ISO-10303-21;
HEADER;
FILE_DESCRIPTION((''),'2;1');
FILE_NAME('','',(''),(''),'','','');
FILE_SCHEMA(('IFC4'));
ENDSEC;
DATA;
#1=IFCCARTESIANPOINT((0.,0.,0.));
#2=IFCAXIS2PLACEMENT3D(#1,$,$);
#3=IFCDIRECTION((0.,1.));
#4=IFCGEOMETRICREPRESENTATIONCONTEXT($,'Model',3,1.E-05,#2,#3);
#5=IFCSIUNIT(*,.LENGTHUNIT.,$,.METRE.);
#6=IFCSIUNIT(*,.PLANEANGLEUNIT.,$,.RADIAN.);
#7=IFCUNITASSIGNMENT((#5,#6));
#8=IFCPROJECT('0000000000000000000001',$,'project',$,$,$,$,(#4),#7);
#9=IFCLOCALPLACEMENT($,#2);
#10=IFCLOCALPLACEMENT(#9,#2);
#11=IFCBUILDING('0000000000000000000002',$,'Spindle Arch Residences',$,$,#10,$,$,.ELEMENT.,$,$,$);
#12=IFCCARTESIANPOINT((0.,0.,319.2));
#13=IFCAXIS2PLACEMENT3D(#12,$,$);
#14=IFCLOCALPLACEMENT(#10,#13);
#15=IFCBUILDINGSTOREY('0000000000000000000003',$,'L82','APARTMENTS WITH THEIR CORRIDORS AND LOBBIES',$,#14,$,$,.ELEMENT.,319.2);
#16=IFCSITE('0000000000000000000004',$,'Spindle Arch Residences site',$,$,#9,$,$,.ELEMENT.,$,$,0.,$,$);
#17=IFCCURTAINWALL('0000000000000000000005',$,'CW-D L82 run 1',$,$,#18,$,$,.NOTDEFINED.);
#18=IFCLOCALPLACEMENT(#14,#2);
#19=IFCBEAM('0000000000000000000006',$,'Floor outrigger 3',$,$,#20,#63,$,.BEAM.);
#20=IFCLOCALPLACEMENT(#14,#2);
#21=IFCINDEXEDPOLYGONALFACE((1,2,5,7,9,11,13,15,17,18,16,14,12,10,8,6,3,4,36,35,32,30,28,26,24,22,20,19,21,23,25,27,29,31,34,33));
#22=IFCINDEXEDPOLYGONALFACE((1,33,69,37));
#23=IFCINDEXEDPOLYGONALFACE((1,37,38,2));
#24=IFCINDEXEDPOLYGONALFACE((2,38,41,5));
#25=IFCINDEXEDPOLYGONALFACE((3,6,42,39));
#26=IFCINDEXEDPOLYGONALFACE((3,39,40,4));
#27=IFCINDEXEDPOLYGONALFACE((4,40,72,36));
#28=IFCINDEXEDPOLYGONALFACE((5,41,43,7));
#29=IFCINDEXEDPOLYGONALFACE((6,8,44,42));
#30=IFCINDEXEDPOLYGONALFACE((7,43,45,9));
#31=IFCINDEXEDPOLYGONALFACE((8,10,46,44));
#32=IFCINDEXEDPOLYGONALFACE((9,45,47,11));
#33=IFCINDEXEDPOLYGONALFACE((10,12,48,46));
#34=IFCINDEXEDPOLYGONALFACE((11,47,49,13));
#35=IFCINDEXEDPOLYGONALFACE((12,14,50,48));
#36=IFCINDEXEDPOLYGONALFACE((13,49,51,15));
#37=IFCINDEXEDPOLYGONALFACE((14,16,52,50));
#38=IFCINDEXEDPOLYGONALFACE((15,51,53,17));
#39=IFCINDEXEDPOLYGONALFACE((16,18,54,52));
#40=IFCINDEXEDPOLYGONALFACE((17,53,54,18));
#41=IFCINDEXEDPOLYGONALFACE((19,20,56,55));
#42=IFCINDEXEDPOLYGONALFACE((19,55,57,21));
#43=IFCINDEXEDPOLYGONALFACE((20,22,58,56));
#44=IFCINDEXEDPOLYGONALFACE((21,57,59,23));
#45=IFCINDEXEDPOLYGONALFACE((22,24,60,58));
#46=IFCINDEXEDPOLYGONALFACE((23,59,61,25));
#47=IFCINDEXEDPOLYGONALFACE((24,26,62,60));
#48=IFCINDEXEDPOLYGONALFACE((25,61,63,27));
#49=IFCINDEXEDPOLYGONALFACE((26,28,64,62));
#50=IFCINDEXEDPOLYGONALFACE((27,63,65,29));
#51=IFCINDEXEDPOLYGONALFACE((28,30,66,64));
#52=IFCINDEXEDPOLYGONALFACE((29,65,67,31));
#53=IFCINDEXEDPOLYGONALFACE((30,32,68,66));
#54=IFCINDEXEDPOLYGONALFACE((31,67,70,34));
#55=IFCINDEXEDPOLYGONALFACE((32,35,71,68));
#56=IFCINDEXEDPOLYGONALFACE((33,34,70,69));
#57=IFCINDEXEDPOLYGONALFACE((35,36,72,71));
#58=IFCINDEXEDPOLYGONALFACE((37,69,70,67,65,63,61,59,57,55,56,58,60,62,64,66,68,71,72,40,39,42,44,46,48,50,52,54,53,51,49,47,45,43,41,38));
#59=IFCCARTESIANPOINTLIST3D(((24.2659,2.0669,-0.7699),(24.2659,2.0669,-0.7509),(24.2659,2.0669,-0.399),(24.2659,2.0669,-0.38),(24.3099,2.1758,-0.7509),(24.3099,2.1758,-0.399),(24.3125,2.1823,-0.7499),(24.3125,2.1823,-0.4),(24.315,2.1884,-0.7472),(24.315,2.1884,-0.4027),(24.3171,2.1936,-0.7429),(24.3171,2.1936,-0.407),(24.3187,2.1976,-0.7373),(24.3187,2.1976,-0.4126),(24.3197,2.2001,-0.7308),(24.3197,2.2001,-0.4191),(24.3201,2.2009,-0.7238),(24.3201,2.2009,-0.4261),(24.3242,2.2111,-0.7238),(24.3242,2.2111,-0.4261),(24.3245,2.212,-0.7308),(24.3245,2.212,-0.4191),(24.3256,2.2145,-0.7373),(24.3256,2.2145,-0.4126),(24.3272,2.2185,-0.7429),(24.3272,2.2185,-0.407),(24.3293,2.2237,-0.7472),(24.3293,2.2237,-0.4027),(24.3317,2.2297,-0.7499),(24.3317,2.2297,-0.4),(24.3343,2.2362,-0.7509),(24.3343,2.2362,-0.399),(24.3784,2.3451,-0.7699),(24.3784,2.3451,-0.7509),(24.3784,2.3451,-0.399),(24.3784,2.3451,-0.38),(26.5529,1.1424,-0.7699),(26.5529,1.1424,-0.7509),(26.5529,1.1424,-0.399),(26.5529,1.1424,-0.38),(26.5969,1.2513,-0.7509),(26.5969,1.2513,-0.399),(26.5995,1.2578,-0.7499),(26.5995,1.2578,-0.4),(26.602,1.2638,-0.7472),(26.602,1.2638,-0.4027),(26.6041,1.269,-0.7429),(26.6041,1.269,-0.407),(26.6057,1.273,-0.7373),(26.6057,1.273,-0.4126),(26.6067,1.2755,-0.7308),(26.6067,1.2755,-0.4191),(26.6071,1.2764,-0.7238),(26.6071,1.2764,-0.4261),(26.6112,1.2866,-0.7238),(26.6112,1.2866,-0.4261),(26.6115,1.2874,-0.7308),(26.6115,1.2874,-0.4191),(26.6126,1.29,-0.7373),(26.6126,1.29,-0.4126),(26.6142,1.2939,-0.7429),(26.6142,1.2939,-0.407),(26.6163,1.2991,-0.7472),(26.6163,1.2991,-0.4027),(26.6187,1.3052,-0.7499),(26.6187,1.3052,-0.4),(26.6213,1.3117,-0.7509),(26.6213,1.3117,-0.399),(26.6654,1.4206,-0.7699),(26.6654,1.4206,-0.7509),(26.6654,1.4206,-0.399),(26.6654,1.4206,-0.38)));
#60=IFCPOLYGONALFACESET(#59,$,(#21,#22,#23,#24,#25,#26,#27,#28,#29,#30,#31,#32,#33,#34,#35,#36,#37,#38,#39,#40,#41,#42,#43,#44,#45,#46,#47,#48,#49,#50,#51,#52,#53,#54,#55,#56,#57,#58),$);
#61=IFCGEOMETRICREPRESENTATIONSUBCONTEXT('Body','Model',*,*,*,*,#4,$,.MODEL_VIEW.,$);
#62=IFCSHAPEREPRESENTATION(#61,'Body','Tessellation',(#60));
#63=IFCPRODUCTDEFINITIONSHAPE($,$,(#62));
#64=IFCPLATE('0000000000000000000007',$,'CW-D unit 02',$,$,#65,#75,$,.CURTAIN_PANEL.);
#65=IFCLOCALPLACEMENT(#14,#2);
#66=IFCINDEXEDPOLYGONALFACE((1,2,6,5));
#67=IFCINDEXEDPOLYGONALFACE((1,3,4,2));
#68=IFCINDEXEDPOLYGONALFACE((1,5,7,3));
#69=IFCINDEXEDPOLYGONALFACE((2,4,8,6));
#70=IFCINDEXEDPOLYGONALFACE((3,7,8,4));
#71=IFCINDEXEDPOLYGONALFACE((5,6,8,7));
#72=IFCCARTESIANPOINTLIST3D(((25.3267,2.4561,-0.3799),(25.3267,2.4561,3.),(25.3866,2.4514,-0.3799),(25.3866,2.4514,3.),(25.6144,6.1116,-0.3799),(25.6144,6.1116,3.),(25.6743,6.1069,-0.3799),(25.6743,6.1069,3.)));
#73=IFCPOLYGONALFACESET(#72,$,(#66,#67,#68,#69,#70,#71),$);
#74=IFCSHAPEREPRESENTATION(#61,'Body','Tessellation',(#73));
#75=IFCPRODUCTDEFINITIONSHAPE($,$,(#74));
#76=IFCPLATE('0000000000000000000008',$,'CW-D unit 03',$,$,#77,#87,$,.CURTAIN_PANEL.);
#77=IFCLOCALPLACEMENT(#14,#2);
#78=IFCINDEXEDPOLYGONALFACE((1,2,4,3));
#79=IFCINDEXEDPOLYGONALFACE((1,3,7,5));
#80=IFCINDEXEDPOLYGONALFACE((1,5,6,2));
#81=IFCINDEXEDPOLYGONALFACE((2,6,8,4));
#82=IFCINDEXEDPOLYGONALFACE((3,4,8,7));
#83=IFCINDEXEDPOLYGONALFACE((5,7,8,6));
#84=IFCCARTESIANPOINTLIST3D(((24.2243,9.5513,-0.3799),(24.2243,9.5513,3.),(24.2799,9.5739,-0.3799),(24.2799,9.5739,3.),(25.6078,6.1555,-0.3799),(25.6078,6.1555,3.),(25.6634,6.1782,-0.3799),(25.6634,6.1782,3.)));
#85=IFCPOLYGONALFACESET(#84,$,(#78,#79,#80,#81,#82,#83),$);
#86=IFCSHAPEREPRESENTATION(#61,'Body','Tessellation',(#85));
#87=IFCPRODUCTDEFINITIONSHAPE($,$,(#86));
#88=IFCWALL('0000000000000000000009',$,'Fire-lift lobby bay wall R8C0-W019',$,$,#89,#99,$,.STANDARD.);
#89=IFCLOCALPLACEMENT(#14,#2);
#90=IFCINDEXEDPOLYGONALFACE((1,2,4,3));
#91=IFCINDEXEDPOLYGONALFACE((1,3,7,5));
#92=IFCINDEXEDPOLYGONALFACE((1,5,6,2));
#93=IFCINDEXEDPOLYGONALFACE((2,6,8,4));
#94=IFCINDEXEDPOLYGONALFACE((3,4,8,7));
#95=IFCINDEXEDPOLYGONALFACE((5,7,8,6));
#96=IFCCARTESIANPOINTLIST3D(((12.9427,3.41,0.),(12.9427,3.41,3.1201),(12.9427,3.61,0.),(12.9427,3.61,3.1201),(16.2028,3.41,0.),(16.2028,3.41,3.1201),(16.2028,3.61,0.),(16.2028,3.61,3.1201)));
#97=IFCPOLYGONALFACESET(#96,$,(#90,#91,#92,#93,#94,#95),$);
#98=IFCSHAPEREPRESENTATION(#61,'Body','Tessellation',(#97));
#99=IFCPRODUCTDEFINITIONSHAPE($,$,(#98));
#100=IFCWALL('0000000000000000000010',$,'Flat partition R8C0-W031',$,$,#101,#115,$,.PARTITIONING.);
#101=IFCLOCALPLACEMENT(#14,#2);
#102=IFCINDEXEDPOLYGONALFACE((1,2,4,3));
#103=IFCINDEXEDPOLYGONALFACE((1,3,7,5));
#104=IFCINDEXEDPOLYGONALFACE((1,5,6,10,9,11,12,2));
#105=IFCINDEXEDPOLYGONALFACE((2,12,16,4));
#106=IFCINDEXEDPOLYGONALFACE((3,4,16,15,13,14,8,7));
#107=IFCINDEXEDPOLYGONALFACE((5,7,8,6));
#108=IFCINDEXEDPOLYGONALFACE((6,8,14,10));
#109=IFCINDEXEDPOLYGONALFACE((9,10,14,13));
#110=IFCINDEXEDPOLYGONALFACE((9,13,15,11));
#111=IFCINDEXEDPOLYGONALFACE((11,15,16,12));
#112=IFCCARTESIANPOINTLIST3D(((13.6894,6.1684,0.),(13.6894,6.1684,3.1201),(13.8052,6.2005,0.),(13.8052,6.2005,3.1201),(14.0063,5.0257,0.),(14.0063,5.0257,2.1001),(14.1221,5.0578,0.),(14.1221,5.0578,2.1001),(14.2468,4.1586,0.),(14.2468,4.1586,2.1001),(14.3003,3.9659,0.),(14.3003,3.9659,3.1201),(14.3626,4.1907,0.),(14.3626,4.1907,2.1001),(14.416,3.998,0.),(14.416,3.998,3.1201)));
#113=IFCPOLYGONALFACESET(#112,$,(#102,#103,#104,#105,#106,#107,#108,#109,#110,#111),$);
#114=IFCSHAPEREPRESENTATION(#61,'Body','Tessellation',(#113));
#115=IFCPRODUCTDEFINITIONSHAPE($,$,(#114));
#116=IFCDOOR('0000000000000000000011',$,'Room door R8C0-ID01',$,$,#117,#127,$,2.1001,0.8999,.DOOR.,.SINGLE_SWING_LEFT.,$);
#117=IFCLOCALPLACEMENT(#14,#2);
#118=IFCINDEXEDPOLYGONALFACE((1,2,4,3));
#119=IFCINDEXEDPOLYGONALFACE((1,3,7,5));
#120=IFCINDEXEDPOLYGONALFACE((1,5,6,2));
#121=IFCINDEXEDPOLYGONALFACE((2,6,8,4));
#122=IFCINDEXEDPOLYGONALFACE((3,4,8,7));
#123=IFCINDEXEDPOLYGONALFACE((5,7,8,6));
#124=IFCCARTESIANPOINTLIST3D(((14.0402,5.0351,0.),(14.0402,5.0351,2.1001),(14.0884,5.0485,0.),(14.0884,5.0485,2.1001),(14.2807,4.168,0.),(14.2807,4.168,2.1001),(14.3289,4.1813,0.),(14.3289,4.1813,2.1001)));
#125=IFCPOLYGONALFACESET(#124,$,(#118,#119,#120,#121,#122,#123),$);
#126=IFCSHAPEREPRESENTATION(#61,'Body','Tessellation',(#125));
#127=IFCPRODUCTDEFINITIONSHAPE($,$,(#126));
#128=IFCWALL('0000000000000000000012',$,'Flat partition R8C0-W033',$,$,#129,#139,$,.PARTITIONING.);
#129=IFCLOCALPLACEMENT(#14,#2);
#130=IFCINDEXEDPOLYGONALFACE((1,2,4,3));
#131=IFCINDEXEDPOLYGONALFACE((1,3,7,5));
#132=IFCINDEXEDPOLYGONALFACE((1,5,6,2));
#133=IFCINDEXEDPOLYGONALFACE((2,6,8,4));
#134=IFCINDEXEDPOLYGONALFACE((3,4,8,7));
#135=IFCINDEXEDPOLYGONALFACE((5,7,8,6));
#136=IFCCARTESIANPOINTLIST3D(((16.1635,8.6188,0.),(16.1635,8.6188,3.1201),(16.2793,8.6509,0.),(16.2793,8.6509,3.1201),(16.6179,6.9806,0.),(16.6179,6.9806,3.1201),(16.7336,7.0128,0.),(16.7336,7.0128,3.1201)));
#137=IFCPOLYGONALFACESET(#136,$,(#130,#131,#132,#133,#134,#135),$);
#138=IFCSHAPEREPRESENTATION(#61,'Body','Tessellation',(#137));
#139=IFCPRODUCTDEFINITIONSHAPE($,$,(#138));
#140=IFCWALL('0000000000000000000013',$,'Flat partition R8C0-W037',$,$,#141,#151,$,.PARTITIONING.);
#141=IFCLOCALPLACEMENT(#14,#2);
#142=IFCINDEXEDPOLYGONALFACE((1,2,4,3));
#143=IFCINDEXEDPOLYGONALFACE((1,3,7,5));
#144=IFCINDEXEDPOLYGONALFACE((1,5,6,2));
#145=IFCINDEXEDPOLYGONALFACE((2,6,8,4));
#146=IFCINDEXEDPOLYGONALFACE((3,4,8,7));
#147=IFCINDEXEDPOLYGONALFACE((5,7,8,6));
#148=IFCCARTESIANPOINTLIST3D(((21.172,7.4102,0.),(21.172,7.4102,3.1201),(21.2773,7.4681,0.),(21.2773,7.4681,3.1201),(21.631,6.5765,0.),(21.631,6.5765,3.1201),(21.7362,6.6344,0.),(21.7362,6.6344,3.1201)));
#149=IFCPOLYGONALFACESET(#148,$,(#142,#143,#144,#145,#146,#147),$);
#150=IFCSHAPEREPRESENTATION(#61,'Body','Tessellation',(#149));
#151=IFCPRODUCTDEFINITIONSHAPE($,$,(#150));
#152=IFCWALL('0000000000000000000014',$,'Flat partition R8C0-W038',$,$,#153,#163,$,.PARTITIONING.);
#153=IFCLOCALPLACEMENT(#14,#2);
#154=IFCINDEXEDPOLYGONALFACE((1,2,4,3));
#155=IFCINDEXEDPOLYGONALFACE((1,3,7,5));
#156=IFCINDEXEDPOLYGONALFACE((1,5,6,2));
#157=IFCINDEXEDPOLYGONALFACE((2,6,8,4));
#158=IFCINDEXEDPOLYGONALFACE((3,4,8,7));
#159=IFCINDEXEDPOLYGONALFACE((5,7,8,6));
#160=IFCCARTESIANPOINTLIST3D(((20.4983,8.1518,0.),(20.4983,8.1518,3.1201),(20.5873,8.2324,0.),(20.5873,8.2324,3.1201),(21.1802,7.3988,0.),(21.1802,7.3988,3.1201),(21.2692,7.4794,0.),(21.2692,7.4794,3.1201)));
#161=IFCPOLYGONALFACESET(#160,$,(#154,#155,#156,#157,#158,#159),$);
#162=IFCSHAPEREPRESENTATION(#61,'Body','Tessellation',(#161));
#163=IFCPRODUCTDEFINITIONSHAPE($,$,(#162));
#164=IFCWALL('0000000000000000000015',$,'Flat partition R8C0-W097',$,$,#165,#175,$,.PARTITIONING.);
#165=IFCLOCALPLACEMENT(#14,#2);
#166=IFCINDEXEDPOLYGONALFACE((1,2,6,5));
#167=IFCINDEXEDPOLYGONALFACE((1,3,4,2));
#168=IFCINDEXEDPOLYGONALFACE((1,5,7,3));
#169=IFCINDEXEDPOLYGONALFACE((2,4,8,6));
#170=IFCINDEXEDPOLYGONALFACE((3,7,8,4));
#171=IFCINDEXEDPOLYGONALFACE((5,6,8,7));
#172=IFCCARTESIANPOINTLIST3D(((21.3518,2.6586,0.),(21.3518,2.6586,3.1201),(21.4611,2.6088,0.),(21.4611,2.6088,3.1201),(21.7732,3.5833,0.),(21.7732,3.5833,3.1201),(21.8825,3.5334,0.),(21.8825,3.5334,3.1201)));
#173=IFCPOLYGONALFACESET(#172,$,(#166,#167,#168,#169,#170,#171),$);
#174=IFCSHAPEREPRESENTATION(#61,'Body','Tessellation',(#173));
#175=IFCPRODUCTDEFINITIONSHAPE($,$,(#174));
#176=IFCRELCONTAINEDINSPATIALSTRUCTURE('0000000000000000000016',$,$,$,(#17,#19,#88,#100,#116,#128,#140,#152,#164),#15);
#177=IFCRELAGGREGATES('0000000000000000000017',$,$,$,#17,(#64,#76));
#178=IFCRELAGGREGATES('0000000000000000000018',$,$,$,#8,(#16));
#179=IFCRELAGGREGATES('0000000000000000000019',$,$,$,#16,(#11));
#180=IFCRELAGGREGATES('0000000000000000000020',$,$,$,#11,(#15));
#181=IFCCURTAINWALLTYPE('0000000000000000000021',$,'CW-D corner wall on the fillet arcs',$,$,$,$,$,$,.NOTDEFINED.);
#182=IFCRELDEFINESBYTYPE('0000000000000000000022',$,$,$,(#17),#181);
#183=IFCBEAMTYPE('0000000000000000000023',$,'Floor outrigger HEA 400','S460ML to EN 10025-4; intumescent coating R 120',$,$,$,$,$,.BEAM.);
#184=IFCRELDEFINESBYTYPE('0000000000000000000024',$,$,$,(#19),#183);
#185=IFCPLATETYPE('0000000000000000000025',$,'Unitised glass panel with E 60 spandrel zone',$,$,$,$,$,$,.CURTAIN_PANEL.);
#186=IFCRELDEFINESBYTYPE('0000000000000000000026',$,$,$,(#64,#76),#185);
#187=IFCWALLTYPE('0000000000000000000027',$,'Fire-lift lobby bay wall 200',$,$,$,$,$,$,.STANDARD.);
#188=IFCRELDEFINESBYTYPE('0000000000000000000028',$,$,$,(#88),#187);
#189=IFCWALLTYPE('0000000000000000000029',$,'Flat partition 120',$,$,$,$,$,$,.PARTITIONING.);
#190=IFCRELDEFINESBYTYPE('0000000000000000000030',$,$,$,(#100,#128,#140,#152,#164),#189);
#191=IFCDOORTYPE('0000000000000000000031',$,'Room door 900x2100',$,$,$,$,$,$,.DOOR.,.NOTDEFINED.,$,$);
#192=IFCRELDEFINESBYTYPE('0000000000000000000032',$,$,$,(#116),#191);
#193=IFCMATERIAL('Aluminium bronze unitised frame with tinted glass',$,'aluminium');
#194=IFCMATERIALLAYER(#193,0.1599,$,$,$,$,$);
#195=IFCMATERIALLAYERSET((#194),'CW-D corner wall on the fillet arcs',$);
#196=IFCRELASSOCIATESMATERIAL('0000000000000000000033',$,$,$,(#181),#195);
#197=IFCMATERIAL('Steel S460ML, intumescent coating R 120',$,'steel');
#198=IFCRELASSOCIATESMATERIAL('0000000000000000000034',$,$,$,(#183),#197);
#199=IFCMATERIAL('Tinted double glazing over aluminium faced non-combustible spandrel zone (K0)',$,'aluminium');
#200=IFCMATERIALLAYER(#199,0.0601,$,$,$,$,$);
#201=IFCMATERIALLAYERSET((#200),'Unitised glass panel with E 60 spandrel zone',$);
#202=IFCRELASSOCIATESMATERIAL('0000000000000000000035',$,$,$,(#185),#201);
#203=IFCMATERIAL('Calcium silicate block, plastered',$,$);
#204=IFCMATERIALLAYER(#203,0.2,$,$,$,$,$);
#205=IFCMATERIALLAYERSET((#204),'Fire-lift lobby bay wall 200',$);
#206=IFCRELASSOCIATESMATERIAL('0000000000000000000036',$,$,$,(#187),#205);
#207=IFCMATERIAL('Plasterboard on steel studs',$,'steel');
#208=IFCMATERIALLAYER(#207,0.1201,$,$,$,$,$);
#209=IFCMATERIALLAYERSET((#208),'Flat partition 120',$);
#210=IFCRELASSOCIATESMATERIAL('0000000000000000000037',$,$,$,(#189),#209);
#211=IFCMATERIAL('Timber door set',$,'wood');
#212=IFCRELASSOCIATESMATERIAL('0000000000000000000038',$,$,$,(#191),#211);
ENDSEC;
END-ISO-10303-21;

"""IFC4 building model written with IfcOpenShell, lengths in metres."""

from ifc_helpers import new_model, si_unit, direction, frame, frame_2d, origin, origin_2d, place, context, subcontext, project, spatial, rectangle, i_section, extrude, material, layer, layer_set, material_profile, profile_set, type_object, element, fill, aggregate, save


model = new_model("IFC4")

# Units and contexts
model_context = context("Model", 3, precision=1e-05, world=origin(), true_north=direction((0.0, 1.0)))
body_context = subcontext(model_context, "Body", "Model", "MODEL_VIEW")
ifc_project = project(units=[si_unit("LENGTHUNIT", "METRE"), si_unit("PLANEANGLEUNIT", "RADIAN")], contexts=[model_context])

# Site, building, storey
site_placement = place(None, origin())
site = spatial("IfcSite", under=ifc_project, at=site_placement, Name="Spindle Arch Residences site", CompositionType="ELEMENT", RefElevation=0.0)
building_placement = place(site_placement, origin())
building = spatial("IfcBuilding", under=site, at=building_placement, Name="Spindle Arch Residences", CompositionType="ELEMENT")
storey_placement = place(building_placement, frame((0.0, 0.0, 319.2)))
storey = spatial("IfcBuildingStorey", under=building, at=storey_placement, Name="L82", Description="APARTMENTS WITH THEIR CORRIDORS AND LOBBIES", CompositionType="ELEMENT", Elevation=319.2)

# Curtain wall
ifc_material_1 = material(Name="Aluminium bronze unitised frame with tinted glass", Category="aluminium")
ifc_layer_1 = layer(ifc_material_1, 0.1599)
ifc_layer_set_1 = layer_set([ifc_layer_1], Name="CW-D corner wall on the fillet arcs")
curtain_wall_type = type_object("IfcCurtainWallType", Name="CW-D corner wall on the fillet arcs", PredefinedType="NOTDEFINED", material=ifc_layer_set_1)
curtain_wall_placement = place(storey_placement, origin())
curtain_wall = element("IfcCurtainWall", 1, at=curtain_wall_placement, inside=storey, type_object=curtain_wall_type, Name="CW-D L82 run 1", PredefinedType="NOTDEFINED")

# Beam
ifc_material_2 = material(Name="Steel S460ML, intumescent coating R 120", Category="steel")
ifc_material_profile_1 = material_profile(ifc_material_2, i_section(OverallWidth=0.3, OverallDepth=0.3899, WebThickness=0.011, FlangeThickness=0.019, FilletRadius=0.0271, at=origin_2d()), Name="HEA 400")
ifc_profile_set_1 = profile_set([ifc_material_profile_1], Name="Steel S460ML, intumescent coating R 120")
beam_type = type_object("IfcBeamType", Name="Floor outrigger HEA 400", Description="S460ML to EN 10025-4; intumescent coating R 120", PredefinedType="BEAM", material=ifc_profile_set_1)
beam_placement = place(storey_placement, frame((26.6091, 1.2815, -0.575), z_axis=(-0.927112, 0.374784, 0.0), x_axis=(-0.374784, -0.927112, 0.0)))
element("IfcBeam", 2, at=beam_placement, inside=storey, type_object=beam_type, Name="Floor outrigger 3", PredefinedType="BEAM", context=body_context, shape_type="SweptSolid", body=[
    extrude(i_section(OverallWidth=0.3, OverallDepth=0.3899, WebThickness=0.011, FlangeThickness=0.019, FilletRadius=0.0271, at=origin_2d()), origin(), (0.0, 0.0, 1.0), 2.4668),
])

# Plates
ifc_material_3 = material(Name="Tinted double glazing over aluminium faced non-combustible spandrel zone (K0)", Category="aluminium")
ifc_layer_2 = layer(ifc_material_3, 0.0601)
ifc_layer_set_2 = layer_set([ifc_layer_2], Name="Unitised glass panel with E 60 spandrel zone")
plate_type = type_object("IfcPlateType", Name="Unitised glass panel with E 60 spandrel zone", PredefinedType="CURTAIN_PANEL", material=ifc_layer_set_2)
plate_1_placement = place(storey_placement, frame((25.5005, 4.2815, -0.3799), z_axis=(0.0, 0.0, 1.0), x_axis=(0.078459, 0.996917, 0.0)))
plate_1 = element("IfcPlate", 3, at=plate_1_placement, type_object=plate_type, Name="CW-D unit 02", PredefinedType="CURTAIN_PANEL", context=body_context, shape_type="SweptSolid", body=[
    extrude(rectangle(XDim=3.6667, YDim=0.0601, at=origin_2d()), origin(), (0.0, 0.0, 1.0), 3.3799),
])
plate_2_placement = place(storey_placement, frame((24.9438, 7.8647, -0.3799), z_axis=(0.0, 0.0, 1.0), x_axis=(-0.377302, 0.92609, 0.0)))
plate_2 = element("IfcPlate", 4, at=plate_2_placement, type_object=plate_type, Name="CW-D unit 03", PredefinedType="CURTAIN_PANEL", context=body_context, shape_type="SweptSolid", body=[
    extrude(rectangle(XDim=3.6667, YDim=0.0601, at=origin_2d()), origin(), (0.0, 0.0, 1.0), 3.3799),
])
aggregate(curtain_wall, [plate_1, plate_2])

# Wall
ifc_material_4 = material(Name="Calcium silicate block, plastered")
ifc_layer_3 = layer(ifc_material_4, 0.2)
ifc_layer_set_3 = layer_set([ifc_layer_3], Name="Fire-lift lobby bay wall 200")
wall_type_1 = type_object("IfcWallType", Name="Fire-lift lobby bay wall 200", PredefinedType="STANDARD", material=ifc_layer_set_3)
wall_1_placement = place(storey_placement, frame((16.2026, 3.51, 0.0), z_axis=(0.0, 0.0, 1.0), x_axis=(-1.0, 0.0, 0.0)))
element("IfcWall", 5, at=wall_1_placement, inside=storey, type_object=wall_type_1, Name="Fire-lift lobby bay wall R8C0-W019", PredefinedType="STANDARD", context=body_context, shape_type="SweptSolid", body=[
    extrude(rectangle(XDim=3.26, YDim=0.2, at=frame_2d((1.6299, 0.0))), origin(), (0.0, 0.0, 1.0), 3.1201),
])

# Wall, opening, door
ifc_material_5 = material(Name="Plasterboard on steel studs", Category="steel")
ifc_layer_4 = layer(ifc_material_5, 0.1201)
ifc_layer_set_4 = layer_set([ifc_layer_4], Name="Flat partition 120")
wall_type_2 = type_object("IfcWallType", Name="Flat partition 120", PredefinedType="PARTITIONING", material=ifc_layer_set_4)
wall_2_placement = place(storey_placement, frame((14.3582, 3.9819, 0.0), z_axis=(0.0, 0.0, 1.0), x_axis=(-0.267264, 0.963623, 0.0)))
wall_2 = element("IfcWall", 6, at=wall_2_placement, inside=storey, type_object=wall_type_2, Name="Flat partition R8C0-W031", PredefinedType="PARTITIONING", context=body_context, shape_type="SweptSolid", body=[
    extrude(rectangle(XDim=2.2856, YDim=0.1201, at=frame_2d((1.1428, 0.0))), origin(), (0.0, 0.0, 1.0), 3.1201),
])
opening_1_placement = place(wall_2_placement, frame((0.2, 0.0, 0.0)))
opening_1 = element("IfcOpeningElement", 7, at=opening_1_placement, cuts=wall_2, PredefinedType="OPENING", context=body_context, shape_type="SweptSolid", body=[
    extrude(rectangle(XDim=0.8999, YDim=2.1001, at=frame_2d((0.45, 1.05))), frame((0.0, 0.0701, 0.0), z_axis=(0.0, -1.0, 0.0), x_axis=(1.0, 0.0, 0.0)), (0.0, 0.0, 1.0), 0.1401),
])
ifc_material_6 = material(Name="Timber door set", Category="wood")
door_type_1 = type_object("IfcDoorType", Name="Room door 900x2100", OperationType="NOTDEFINED", PredefinedType="DOOR", material=ifc_material_6)
door_1_placement = place(opening_1_placement, origin())
door_1 = element("IfcDoor", 8, at=door_1_placement, inside=storey, type_object=door_type_1, Name="Room door R8C0-ID01", OperationType="SINGLE_SWING_LEFT", OverallHeight=2.1001, OverallWidth=0.8999, PredefinedType="DOOR", context=body_context, shape_type="SweptSolid", body=[
    extrude(rectangle(XDim=0.8999, YDim=2.1001, at=frame_2d((0.45, 1.05))), frame((0.0, 0.0249, 0.0), z_axis=(0.0, -1.0, 0.0), x_axis=(1.0, 0.0, 0.0)), (0.0, 0.0, 1.0), 0.05),
])
fill(opening_1, door_1)

# Walls
wall_3_placement = place(storey_placement, frame((16.6758, 6.9966, 0.0), z_axis=(0.0, 0.0, 1.0), x_axis=(-0.267259, 0.963625, 0.0)))
element("IfcWall", 9, at=wall_3_placement, inside=storey, type_object=wall_type_2, Name="Flat partition R8C0-W033", PredefinedType="PARTITIONING", context=body_context, shape_type="SweptSolid", body=[
    extrude(rectangle(XDim=1.7, YDim=0.1201, at=frame_2d((0.8501, 0.0))), origin(), (0.0, 0.0, 1.0), 3.1201),
])
wall_4_placement = place(storey_placement, frame((21.6836, 6.6055, 0.0), z_axis=(0.0, 0.0, 1.0), x_axis=(-0.482263, 0.876026, 0.0)))
element("IfcWall", 10, at=wall_4_placement, inside=storey, type_object=wall_type_2, Name="Flat partition R8C0-W037", PredefinedType="PARTITIONING", context=body_context, shape_type="SweptSolid", body=[
    extrude(rectangle(XDim=0.9517, YDim=0.1201, at=frame_2d((0.4758, 0.0))), origin(), (0.0, 0.0, 1.0), 3.1201),
])
wall_5_placement = place(storey_placement, frame((21.2246, 7.4392, 0.0), z_axis=(0.0, 0.0, 1.0), x_axis=(-0.671272, 0.741211, 0.0)))
element("IfcWall", 11, at=wall_5_placement, inside=storey, type_object=wall_type_2, Name="Flat partition R8C0-W038", PredefinedType="PARTITIONING", context=body_context, shape_type="SweptSolid", body=[
    extrude(rectangle(XDim=1.0159, YDim=0.1201, at=frame_2d((0.5078, 0.0))), origin(), (0.0, 0.0, 1.0), 3.1201),
])
wall_6_placement = place(storey_placement, frame((21.8279, 3.5583, 0.0), z_axis=(0.0, 0.0, 1.0), x_axis=(-0.414726, -0.909946, 0.0)))
element("IfcWall", 12, at=wall_6_placement, inside=storey, type_object=wall_type_2, Name="Flat partition R8C0-W097", PredefinedType="PARTITIONING", context=body_context, shape_type="SweptSolid", body=[
    extrude(rectangle(XDim=1.0161, YDim=0.1201, at=frame_2d((0.5081, 0.0))), origin(), (0.0, 0.0, 1.0), 3.1201),
])

save(model, "model.ifc")
